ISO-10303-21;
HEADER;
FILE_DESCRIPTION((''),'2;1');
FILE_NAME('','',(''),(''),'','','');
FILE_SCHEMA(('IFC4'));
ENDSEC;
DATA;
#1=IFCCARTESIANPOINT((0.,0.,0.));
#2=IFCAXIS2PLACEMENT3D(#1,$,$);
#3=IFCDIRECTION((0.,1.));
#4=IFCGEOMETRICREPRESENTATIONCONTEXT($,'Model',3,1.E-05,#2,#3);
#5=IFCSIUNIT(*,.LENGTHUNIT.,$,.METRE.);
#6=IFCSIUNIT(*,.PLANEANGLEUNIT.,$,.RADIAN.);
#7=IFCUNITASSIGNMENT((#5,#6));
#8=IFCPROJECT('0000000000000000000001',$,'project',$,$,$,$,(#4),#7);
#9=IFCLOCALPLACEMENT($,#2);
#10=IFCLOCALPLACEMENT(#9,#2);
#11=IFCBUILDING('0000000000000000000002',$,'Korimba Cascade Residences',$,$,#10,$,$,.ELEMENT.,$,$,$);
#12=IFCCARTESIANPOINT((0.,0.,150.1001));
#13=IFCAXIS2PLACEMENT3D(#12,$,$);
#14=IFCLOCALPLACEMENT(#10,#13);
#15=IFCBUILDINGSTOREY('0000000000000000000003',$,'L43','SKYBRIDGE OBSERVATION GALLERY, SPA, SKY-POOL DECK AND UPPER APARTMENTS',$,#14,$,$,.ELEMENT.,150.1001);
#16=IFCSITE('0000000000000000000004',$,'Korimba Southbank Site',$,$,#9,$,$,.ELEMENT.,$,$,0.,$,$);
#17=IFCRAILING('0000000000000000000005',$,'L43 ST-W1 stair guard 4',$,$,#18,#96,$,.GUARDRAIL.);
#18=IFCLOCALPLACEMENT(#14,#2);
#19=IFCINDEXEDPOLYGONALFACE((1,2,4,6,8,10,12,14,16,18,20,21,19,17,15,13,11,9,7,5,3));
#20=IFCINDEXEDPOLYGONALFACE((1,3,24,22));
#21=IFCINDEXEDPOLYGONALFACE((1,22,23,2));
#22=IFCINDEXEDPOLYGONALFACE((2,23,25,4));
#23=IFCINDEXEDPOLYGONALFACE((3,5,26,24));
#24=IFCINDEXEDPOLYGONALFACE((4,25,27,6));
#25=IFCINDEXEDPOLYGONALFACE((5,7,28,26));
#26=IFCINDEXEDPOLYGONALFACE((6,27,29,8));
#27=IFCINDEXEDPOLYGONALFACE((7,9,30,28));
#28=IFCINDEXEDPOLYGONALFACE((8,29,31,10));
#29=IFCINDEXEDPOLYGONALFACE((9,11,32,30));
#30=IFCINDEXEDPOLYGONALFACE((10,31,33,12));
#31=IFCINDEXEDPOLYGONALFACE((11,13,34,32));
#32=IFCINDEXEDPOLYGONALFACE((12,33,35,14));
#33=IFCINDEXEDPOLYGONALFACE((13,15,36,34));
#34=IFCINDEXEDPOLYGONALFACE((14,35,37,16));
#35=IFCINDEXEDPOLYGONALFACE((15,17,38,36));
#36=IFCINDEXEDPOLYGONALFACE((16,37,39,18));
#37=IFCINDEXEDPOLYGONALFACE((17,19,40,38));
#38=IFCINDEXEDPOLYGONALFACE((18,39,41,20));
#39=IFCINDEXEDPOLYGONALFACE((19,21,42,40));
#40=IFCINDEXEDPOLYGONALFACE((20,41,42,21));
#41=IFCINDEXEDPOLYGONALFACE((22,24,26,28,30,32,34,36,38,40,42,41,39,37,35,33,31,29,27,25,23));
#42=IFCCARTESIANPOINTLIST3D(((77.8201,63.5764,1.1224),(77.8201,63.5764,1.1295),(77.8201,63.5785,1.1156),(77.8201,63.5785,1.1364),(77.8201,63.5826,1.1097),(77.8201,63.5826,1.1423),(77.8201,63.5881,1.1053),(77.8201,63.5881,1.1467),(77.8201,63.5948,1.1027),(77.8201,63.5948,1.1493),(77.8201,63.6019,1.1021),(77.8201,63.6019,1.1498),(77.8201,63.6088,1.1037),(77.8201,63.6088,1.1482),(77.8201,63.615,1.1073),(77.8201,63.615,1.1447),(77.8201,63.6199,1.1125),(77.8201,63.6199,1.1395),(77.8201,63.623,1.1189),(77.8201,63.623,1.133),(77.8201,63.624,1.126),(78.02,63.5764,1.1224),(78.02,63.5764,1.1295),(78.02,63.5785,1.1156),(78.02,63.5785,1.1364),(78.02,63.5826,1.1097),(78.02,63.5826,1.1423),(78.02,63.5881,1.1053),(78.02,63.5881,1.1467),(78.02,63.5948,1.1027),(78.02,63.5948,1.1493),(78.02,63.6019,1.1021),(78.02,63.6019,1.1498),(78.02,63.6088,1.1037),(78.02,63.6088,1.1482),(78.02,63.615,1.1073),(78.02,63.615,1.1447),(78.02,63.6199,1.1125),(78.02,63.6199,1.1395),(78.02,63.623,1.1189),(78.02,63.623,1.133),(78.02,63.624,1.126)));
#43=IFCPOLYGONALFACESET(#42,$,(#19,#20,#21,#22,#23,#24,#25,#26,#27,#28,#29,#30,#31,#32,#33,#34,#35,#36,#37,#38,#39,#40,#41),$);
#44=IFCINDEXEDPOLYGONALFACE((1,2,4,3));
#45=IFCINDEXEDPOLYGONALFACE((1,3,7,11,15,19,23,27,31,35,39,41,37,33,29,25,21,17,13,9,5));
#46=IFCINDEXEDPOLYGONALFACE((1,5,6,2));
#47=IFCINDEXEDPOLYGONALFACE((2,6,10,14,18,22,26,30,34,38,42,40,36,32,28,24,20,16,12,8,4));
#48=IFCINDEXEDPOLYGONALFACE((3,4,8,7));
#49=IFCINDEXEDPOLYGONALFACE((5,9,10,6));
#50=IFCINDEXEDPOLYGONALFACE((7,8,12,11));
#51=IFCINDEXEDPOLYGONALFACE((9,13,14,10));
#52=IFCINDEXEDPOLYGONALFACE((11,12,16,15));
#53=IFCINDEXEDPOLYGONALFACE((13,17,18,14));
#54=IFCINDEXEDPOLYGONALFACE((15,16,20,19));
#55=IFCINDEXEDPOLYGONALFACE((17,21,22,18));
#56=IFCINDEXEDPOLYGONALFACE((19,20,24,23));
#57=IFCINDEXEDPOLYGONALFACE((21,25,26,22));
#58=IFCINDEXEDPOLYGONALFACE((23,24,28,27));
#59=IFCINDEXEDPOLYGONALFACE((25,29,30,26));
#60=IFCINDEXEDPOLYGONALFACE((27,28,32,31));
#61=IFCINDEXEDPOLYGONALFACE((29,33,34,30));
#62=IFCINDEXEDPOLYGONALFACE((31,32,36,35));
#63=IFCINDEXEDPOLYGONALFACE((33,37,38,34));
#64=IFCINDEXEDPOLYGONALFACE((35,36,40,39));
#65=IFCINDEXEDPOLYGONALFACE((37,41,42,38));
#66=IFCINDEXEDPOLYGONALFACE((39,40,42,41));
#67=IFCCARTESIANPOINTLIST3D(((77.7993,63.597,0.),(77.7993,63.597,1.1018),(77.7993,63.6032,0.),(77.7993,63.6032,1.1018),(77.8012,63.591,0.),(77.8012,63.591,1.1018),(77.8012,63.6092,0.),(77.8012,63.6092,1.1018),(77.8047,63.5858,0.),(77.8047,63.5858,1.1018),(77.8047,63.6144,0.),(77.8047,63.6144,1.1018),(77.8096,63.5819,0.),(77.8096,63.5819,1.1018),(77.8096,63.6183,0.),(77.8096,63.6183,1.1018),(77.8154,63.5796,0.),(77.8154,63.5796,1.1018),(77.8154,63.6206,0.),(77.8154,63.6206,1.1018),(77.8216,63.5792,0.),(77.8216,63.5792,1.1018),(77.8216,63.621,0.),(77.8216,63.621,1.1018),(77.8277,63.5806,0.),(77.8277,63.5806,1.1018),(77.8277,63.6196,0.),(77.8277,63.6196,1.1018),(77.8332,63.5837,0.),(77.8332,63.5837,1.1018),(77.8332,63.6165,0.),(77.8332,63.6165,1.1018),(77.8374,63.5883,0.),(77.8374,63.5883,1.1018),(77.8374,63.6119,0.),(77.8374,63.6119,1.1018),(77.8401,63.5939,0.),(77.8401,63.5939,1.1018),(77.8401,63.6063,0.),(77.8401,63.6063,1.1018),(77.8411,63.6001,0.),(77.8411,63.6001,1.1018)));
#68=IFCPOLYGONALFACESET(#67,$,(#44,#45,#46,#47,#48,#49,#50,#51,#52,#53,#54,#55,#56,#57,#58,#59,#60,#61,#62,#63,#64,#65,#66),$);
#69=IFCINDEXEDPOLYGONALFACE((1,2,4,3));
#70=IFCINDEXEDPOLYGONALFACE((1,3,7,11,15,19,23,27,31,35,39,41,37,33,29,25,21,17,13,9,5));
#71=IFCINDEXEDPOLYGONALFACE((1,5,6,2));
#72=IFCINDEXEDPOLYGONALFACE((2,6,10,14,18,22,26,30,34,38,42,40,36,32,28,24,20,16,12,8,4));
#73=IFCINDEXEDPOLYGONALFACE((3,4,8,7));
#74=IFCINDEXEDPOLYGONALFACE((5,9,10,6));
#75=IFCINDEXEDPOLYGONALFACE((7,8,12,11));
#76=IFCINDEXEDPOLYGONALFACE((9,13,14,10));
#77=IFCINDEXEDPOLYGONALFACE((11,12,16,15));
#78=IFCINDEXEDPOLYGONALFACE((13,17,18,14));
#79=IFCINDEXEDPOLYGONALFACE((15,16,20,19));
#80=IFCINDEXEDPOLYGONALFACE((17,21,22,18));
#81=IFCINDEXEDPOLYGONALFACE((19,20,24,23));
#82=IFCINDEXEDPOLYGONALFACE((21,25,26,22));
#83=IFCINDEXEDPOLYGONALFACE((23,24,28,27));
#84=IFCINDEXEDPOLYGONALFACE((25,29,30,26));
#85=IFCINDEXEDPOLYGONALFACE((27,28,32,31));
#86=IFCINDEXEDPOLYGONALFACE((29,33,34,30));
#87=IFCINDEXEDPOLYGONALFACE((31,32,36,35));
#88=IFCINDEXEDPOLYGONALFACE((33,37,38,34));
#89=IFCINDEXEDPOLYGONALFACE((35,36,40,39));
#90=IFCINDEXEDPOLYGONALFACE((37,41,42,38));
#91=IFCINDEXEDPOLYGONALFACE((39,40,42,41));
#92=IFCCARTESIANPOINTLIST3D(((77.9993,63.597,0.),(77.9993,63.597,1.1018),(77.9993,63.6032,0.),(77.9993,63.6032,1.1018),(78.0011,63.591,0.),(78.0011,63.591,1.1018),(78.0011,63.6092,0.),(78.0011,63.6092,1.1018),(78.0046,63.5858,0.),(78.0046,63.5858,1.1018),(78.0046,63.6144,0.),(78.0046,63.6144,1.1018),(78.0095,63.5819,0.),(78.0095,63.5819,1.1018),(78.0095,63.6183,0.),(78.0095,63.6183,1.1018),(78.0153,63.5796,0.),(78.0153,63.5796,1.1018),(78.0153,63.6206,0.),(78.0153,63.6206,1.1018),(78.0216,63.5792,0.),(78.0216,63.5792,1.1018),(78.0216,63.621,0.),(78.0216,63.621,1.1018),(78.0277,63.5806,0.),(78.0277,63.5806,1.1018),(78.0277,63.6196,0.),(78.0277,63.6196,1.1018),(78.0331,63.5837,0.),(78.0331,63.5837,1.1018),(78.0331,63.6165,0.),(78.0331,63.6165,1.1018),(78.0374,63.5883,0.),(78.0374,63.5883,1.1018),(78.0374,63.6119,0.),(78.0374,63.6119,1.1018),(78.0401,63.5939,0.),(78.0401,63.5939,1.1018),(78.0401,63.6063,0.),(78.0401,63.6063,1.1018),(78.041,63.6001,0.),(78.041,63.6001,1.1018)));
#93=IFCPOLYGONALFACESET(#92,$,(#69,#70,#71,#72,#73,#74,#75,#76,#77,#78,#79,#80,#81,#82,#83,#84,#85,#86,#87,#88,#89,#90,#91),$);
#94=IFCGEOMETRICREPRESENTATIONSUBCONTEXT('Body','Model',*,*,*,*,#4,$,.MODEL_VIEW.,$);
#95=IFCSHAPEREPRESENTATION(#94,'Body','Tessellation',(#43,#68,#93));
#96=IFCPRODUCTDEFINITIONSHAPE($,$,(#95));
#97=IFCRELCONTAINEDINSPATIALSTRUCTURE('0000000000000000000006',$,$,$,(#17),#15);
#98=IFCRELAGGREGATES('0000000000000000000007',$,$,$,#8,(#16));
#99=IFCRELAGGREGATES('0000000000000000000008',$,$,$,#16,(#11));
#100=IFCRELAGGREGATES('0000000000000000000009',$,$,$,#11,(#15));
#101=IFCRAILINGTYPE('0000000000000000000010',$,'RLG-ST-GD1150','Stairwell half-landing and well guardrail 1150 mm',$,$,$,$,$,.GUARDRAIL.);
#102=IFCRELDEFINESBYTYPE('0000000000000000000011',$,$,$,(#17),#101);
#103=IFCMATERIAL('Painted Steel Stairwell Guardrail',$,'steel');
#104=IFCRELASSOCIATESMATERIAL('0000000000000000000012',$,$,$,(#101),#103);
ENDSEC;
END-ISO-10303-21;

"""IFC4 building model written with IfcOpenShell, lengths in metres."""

from ifc_helpers import new_model, si_unit, direction, frame, origin, origin_2d, place, context, subcontext, project, spatial, circle, extrude, material, type_object, element, save


model = new_model("IFC4")

# Units and contexts
model_context = context("Model", 3, precision=1e-05, world=origin(), true_north=direction((0.0, 1.0)))
body_context = subcontext(model_context, "Body", "Model", "MODEL_VIEW")
ifc_project = project(units=[si_unit("LENGTHUNIT", "METRE"), si_unit("PLANEANGLEUNIT", "RADIAN")], contexts=[model_context])

# Site, building, storey
site_placement = place(None, origin())
site = spatial("IfcSite", under=ifc_project, at=site_placement, Name="Korimba Southbank Site", CompositionType="ELEMENT", RefElevation=0.0)
building_placement = place(site_placement, origin())
building = spatial("IfcBuilding", under=site, at=building_placement, Name="Korimba Cascade Residences", CompositionType="ELEMENT")
storey_placement = place(building_placement, frame((0.0, 0.0, 150.1001)))
storey = spatial("IfcBuildingStorey", under=building, at=storey_placement, Name="L43", Description="SKYBRIDGE OBSERVATION GALLERY, SPA, SKY-POOL DECK AND UPPER APARTMENTS", CompositionType="ELEMENT", Elevation=150.1001)

# Railing
ifc_material_1 = material(Name="Painted Steel Stairwell Guardrail", Category="steel")
railing_type_1 = type_object("IfcRailingType", Name="RLG-ST-GD1150", Description="Stairwell half-landing and well guardrail 1150 mm", PredefinedType="GUARDRAIL", material=ifc_material_1)
railing_1_placement = place(storey_placement, frame((77.8201, 63.6001, 0.0)))
element("IfcRailing", 1, at=railing_1_placement, inside=storey, type_object=railing_type_1, Name="L43 ST-W1 stair guard 4", PredefinedType="GUARDRAIL", context=body_context, shape_type="SweptSolid", body=[
    extrude(circle(Radius=0.0239, at=origin_2d()), frame((0.0, 0.0, 1.126), z_axis=(1.0, 0.0, 0.0), x_axis=(0.0, 1.0, 0.0)), (0.0, 0.0, 1.0), 0.2),
    extrude(circle(Radius=0.021, at=origin_2d()), origin(), (0.0, 0.0, 1.0), 1.1018),
    extrude(circle(Radius=0.021, at=origin_2d()), frame((0.2, 0.0, 0.0)), (0.0, 0.0, 1.0), 1.1018),
])

save(model, "model.ifc")
